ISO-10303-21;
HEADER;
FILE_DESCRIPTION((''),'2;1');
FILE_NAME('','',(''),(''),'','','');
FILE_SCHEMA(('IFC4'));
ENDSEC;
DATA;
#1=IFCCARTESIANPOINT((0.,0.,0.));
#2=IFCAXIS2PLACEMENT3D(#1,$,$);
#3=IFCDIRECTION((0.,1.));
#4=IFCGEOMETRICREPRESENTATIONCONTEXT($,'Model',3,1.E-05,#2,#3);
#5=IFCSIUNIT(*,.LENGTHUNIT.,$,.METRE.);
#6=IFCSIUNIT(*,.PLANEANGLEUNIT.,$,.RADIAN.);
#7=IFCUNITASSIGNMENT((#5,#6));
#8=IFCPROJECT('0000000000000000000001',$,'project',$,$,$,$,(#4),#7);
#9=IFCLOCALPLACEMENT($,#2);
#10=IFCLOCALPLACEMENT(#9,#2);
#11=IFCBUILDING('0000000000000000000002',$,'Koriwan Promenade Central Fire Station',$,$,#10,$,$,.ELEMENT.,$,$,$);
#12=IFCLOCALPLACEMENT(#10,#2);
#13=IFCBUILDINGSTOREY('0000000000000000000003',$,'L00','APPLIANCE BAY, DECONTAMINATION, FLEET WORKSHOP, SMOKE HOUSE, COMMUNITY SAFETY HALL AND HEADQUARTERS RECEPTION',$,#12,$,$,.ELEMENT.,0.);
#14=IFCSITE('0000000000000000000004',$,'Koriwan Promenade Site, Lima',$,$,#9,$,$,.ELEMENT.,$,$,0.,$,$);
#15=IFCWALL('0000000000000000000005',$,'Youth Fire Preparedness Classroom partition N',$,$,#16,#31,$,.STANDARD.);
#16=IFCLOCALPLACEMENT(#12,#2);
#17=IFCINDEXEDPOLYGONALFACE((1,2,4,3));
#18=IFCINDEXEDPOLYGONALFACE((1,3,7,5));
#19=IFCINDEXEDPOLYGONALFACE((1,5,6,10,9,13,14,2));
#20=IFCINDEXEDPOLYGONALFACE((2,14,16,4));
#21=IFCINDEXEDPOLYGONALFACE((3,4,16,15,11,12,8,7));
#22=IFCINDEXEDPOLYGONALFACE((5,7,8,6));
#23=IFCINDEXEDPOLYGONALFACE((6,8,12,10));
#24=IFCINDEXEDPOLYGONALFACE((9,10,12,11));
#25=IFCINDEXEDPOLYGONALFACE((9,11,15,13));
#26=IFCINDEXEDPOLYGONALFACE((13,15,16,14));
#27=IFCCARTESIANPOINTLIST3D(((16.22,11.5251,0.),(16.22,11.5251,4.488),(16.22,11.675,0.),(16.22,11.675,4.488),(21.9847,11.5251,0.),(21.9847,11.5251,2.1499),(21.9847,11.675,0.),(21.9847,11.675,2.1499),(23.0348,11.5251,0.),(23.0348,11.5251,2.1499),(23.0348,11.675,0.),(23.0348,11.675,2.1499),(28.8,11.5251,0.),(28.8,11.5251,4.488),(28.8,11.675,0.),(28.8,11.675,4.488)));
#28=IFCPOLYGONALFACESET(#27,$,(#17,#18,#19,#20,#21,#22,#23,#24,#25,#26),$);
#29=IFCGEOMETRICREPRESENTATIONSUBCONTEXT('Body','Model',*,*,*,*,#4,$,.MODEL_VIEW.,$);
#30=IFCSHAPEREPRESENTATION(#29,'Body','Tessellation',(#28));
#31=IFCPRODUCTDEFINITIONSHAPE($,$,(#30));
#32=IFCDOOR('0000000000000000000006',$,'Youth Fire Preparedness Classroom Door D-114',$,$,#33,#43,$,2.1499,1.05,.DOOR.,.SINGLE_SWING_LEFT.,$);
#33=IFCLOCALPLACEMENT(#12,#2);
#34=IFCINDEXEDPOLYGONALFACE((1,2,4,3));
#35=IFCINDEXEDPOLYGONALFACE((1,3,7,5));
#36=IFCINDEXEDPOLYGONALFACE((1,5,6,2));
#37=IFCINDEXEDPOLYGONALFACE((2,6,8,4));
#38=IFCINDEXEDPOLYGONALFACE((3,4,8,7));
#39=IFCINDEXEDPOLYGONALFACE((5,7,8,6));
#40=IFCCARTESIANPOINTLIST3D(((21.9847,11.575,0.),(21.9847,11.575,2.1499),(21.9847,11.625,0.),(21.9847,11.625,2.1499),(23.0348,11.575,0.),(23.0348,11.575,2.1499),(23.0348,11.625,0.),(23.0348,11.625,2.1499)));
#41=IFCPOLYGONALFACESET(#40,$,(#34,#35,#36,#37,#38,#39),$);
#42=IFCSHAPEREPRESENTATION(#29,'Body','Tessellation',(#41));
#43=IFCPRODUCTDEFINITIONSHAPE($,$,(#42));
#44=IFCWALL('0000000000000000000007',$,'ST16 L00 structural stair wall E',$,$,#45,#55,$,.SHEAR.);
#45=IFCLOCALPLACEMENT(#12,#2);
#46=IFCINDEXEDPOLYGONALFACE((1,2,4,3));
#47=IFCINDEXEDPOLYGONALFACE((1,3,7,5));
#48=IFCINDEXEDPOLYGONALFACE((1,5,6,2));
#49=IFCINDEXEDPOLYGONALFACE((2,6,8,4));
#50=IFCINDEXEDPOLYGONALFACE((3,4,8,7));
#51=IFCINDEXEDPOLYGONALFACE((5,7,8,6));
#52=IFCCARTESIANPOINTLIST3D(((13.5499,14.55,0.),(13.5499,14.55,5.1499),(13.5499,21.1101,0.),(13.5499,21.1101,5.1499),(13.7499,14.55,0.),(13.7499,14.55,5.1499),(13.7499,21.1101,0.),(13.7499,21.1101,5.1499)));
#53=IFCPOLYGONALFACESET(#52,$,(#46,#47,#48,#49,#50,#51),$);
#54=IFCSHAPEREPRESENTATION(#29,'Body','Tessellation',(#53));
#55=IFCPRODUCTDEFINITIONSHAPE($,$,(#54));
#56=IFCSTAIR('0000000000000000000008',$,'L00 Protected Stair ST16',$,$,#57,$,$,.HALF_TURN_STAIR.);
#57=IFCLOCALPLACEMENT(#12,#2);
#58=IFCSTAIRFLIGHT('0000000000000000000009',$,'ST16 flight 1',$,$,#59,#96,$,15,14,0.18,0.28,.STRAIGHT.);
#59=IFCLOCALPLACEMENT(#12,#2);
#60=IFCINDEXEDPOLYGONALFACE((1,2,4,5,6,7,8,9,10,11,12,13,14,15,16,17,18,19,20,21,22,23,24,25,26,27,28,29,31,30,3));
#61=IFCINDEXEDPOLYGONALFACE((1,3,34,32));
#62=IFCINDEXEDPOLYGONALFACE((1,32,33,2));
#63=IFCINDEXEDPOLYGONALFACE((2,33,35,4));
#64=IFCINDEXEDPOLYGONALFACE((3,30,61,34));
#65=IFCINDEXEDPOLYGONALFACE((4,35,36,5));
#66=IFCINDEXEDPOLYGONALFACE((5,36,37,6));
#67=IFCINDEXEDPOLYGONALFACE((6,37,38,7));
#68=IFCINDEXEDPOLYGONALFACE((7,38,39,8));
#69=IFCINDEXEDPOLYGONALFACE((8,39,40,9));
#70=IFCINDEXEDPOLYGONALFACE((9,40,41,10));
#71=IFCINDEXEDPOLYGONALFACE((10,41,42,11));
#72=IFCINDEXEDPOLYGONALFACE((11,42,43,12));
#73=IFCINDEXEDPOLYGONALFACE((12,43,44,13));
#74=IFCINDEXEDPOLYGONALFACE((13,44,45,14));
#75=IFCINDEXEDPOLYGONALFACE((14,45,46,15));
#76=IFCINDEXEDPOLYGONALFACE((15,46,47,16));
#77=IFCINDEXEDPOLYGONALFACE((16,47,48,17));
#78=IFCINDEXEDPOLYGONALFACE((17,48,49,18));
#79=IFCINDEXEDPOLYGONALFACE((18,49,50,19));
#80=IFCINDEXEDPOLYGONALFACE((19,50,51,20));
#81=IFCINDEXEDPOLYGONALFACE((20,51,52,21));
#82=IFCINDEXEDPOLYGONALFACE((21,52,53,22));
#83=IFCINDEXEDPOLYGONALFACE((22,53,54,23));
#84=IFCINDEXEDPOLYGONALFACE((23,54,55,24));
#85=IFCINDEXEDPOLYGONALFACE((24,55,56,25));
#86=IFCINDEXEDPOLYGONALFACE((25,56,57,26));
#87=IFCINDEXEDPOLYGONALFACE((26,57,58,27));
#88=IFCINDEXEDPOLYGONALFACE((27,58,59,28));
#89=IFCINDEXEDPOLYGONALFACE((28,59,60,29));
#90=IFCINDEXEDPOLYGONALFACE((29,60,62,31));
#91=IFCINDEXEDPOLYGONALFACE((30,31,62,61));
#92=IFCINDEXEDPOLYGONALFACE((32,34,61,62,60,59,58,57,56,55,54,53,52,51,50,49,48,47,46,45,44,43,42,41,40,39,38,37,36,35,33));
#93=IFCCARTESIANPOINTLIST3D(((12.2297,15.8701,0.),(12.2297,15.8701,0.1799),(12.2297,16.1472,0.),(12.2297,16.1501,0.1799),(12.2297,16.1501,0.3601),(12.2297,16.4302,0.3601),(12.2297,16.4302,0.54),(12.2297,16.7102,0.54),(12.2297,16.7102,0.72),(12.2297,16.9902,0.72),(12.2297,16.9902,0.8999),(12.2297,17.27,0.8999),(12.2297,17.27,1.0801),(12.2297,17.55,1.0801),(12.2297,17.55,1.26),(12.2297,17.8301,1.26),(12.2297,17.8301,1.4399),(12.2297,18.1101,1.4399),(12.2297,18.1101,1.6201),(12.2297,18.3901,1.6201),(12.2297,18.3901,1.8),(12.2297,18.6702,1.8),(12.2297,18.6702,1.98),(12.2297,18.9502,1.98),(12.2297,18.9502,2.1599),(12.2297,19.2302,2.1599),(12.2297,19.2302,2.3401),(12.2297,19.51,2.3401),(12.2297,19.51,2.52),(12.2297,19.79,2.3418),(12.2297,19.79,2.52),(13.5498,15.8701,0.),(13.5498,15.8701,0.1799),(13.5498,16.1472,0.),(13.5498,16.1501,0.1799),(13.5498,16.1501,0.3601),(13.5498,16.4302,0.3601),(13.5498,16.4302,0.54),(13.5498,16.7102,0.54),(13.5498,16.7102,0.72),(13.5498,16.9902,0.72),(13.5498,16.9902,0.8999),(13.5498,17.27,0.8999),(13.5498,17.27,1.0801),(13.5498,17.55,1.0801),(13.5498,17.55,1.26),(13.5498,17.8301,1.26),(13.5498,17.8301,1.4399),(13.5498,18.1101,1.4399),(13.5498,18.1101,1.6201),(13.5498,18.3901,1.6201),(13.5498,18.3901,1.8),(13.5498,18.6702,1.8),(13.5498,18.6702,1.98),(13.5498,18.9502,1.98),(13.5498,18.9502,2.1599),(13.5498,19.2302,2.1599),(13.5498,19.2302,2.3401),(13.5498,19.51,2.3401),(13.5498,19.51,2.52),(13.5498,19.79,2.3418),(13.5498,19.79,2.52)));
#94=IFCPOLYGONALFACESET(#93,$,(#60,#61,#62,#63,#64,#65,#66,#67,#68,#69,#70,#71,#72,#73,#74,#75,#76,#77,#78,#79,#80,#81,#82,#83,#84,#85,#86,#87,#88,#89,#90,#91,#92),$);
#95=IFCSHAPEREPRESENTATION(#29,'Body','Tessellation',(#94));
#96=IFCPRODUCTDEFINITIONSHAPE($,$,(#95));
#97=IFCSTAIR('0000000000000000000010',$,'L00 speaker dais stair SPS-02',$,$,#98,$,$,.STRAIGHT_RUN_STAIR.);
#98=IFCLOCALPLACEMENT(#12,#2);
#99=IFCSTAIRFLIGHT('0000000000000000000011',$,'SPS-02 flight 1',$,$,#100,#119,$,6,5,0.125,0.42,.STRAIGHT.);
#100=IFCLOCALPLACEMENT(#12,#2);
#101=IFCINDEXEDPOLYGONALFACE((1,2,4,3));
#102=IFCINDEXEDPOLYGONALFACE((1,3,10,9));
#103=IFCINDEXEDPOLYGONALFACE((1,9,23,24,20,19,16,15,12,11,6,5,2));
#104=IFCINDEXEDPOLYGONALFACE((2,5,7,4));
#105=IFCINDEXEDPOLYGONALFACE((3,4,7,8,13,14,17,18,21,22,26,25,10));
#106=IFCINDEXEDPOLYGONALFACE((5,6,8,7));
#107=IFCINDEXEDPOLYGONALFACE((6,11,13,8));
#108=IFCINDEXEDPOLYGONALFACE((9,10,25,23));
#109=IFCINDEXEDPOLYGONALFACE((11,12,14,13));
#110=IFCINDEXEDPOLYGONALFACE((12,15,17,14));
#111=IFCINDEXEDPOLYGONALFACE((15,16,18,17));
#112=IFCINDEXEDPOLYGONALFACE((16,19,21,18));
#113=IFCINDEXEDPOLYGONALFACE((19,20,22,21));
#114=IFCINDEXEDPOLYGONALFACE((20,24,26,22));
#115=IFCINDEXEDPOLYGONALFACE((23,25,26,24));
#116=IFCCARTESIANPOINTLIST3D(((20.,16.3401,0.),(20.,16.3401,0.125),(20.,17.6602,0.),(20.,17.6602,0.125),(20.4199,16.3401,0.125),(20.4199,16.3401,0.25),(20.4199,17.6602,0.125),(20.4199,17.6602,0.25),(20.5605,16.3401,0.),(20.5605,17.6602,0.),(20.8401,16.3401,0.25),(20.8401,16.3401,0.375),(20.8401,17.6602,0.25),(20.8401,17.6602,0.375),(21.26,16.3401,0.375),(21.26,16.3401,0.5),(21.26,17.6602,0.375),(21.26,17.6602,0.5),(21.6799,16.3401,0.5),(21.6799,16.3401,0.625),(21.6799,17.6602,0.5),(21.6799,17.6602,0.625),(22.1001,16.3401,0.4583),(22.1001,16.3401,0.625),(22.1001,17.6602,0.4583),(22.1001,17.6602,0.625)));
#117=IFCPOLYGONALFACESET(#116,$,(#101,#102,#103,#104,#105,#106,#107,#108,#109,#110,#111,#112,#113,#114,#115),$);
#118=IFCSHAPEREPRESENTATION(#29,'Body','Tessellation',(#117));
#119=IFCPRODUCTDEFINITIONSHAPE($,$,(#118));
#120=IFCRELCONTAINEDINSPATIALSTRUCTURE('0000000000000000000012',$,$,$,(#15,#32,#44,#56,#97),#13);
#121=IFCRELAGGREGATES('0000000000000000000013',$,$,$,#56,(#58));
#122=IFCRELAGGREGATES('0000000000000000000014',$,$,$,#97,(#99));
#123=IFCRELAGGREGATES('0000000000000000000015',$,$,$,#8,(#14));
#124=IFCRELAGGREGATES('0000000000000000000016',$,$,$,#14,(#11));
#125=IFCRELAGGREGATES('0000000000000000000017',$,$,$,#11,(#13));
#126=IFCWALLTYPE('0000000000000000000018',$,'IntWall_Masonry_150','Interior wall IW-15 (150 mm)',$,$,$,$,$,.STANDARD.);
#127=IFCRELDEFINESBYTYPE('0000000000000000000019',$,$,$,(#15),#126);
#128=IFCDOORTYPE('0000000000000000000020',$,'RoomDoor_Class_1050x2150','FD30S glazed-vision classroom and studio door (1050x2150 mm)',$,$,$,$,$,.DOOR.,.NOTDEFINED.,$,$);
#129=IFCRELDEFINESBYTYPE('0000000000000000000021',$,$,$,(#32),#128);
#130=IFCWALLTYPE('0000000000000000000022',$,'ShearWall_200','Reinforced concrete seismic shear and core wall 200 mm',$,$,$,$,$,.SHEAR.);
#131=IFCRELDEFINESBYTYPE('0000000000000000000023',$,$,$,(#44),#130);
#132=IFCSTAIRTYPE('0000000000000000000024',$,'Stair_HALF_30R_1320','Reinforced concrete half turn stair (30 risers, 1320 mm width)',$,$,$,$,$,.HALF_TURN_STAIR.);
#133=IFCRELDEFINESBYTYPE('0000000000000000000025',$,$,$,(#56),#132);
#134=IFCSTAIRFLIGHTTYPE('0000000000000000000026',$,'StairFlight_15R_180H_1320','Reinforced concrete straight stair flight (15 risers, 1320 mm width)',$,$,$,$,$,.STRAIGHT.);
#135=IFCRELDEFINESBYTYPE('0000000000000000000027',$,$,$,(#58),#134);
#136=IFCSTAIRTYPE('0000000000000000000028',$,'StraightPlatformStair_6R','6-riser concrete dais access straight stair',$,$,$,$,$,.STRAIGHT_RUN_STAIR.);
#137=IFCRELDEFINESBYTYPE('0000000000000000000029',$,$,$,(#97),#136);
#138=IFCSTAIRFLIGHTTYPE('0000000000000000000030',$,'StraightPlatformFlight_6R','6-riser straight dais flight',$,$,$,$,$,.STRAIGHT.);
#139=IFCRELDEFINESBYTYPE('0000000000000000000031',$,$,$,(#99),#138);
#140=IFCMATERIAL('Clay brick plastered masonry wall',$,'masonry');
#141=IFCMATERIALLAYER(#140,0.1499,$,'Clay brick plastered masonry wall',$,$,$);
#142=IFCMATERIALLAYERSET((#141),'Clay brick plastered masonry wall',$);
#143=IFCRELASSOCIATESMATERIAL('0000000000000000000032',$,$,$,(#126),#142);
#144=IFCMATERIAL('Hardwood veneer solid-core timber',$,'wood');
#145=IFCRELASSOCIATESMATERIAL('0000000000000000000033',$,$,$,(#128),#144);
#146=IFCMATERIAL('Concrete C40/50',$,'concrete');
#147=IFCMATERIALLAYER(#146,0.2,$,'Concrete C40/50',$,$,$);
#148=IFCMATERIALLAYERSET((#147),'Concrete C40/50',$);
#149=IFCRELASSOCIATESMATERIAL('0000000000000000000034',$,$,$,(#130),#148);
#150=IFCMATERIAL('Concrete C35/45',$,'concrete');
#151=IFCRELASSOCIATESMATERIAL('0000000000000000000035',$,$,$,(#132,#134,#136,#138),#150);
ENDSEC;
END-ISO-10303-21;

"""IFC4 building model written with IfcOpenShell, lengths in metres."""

from ifc_helpers import new_model, si_unit, direction, frame, frame_2d, origin, place, context, subcontext, project, spatial, polyline, rectangle, outline, extrude, material, layer, layer_set, type_object, element, fill, aggregate, save


model = new_model("IFC4")

# Units and contexts
model_context = context("Model", 3, precision=1e-05, world=origin(), true_north=direction((0.0, 1.0)))
body_context = subcontext(model_context, "Body", "Model", "MODEL_VIEW")
ifc_project = project(units=[si_unit("LENGTHUNIT", "METRE"), si_unit("PLANEANGLEUNIT", "RADIAN")], contexts=[model_context])

# Site, building, storey
site_placement = place(None, origin())
site = spatial("IfcSite", under=ifc_project, at=site_placement, Name="Koriwan Promenade Site, Lima", CompositionType="ELEMENT", RefElevation=0.0)
building_placement = place(site_placement, origin())
building = spatial("IfcBuilding", under=site, at=building_placement, Name="Koriwan Promenade Central Fire Station", CompositionType="ELEMENT")
storey_placement = place(building_placement, origin())
storey = spatial("IfcBuildingStorey", under=building, at=storey_placement, Name="L00", Description="APPLIANCE BAY, DECONTAMINATION, FLEET WORKSHOP, SMOKE HOUSE, COMMUNITY SAFETY HALL AND HEADQUARTERS RECEPTION", CompositionType="ELEMENT", Elevation=0.0)

# Shared definitions
ifc_material_1 = material(Name="Concrete C35/45", Category="concrete")

# Shared definitions
ifc_material_2 = material(Name="Concrete C40/50", Category="concrete")

# Shared definitions
ifc_material_3 = material(Name="Hardwood veneer solid-core timber", Category="wood")

# Wall, opening, door
ifc_material_4 = material(Name="Clay brick plastered masonry wall", Category="masonry")
ifc_layer_1 = layer(ifc_material_4, 0.1499, Name="Clay brick plastered masonry wall")
ifc_layer_set_1 = layer_set([ifc_layer_1], Name="Clay brick plastered masonry wall")
wall_type_1 = type_object("IfcWallType", Name="IntWall_Masonry_150", Description="Interior wall IW-15 (150 mm)", PredefinedType="STANDARD", material=ifc_layer_set_1)
wall_1_placement = place(storey_placement, frame((16.22, 11.6001, 0.0), z_axis=(0.0, 0.0, 1.0), x_axis=(1.0, 0.0, 0.0)))
wall_1 = element("IfcWall", 1, at=wall_1_placement, inside=storey, type_object=wall_type_1, Name="Youth Fire Preparedness Classroom partition N", PredefinedType="STANDARD", context=body_context, shape_type="SweptSolid", body=[
    extrude(rectangle(XDim=12.5801, YDim=0.1499, at=frame_2d((6.29, 0.0))), origin(), (0.0, 0.0, 1.0), 4.488),
])
opening_1_placement = place(wall_1_placement, frame((5.7649, 0.0, 0.0)))
opening_1 = element("IfcOpeningElement", 2, at=opening_1_placement, cuts=wall_1, PredefinedType="OPENING", context=body_context, shape_type="SweptSolid", body=[
    extrude(rectangle(XDim=1.05, YDim=2.1499, at=frame_2d((0.5249, 1.075))), frame((0.0, 0.0869, 0.0), z_axis=(0.0, -1.0, 0.0), x_axis=(1.0, 0.0, 0.0)), (0.0, 0.0, 1.0), 0.1738),
])
door_type_1 = type_object("IfcDoorType", Name="RoomDoor_Class_1050x2150", Description="FD30S glazed-vision classroom and studio door (1050x2150 mm)", OperationType="NOTDEFINED", PredefinedType="DOOR", material=ifc_material_3)
door_1_placement = place(opening_1_placement, origin())
door_1 = element("IfcDoor", 3, at=door_1_placement, inside=storey, type_object=door_type_1, Name="Youth Fire Preparedness Classroom Door D-114", OperationType="SINGLE_SWING_LEFT", OverallHeight=2.1499, OverallWidth=1.05, PredefinedType="DOOR", context=body_context, shape_type="SweptSolid", body=[
    extrude(rectangle(XDim=1.05, YDim=2.1499, at=frame_2d((0.5249, 1.075))), frame((0.0, 0.0249, 0.0), z_axis=(0.0, -1.0, 0.0), x_axis=(1.0, 0.0, 0.0)), (0.0, 0.0, 1.0), 0.05),
])
fill(opening_1, door_1)

# Wall
ifc_layer_2 = layer(ifc_material_2, 0.2, Name="Concrete C40/50")
ifc_layer_set_2 = layer_set([ifc_layer_2], Name="Concrete C40/50")
wall_type_2 = type_object("IfcWallType", Name="ShearWall_200", Description="Reinforced concrete seismic shear and core wall 200 mm", PredefinedType="SHEAR", material=ifc_layer_set_2)
wall_2_placement = place(storey_placement, frame((13.6499, 14.55, 0.0), z_axis=(0.0, 0.0, 1.0), x_axis=(0.0, 1.0, 0.0)))
element("IfcWall", 4, at=wall_2_placement, inside=storey, type_object=wall_type_2, Name="ST16 L00 structural stair wall E", PredefinedType="SHEAR", context=body_context, shape_type="SweptSolid", body=[
    extrude(rectangle(XDim=6.5601, YDim=0.2, at=frame_2d((3.28, 0.0))), origin(), (0.0, 0.0, 1.0), 5.1499),
])

# Stairs, stair flights
stair_type_1 = type_object("IfcStairType", Name="Stair_HALF_30R_1320", Description="Reinforced concrete half turn stair (30 risers, 1320 mm width)", PredefinedType="HALF_TURN_STAIR", material=ifc_material_1)
stair_1_placement = place(storey_placement, origin())
stair_1 = element("IfcStair", 5, at=stair_1_placement, inside=storey, type_object=stair_type_1, Name="L00 Protected Stair ST16", PredefinedType="HALF_TURN_STAIR")
stair_flight_type_1 = type_object("IfcStairFlightType", Name="StairFlight_15R_180H_1320", Description="Reinforced concrete straight stair flight (15 risers, 1320 mm width)", PredefinedType="STRAIGHT", material=ifc_material_1)
stair_flight_1_placement = place(storey_placement, frame((12.8899, 15.8701, 0.0), z_axis=(0.0, 0.0, 1.0), x_axis=(0.0, 1.0, 0.0)))
stair_flight_1 = element("IfcStairFlight", 6, at=stair_flight_1_placement, type_object=stair_flight_type_1, Name="ST16 flight 1", NumberOfRisers=15, NumberOfTreads=14, PredefinedType="STRAIGHT", RiserHeight=0.18, TreadLength=0.28, context=body_context, shape_type="SweptSolid", body=[
    extrude(outline(polyline([(0.0, 0.0), (0.0, 0.1799), (0.28, 0.1799), (0.28, 0.3601), (0.5601, 0.3601), (0.5601, 0.54), (0.8401, 0.54), (0.8401, 0.72), (1.1201, 0.72), (1.1201, 0.8999), (1.3999, 0.8999), (1.3999, 1.0801), (1.6799, 1.0801), (1.6799, 1.26), (1.96, 1.26), (1.96, 1.4399), (2.24, 1.4399), (2.24, 1.6201), (2.52, 1.6201), (2.52, 1.8), (2.8, 1.8), (2.8, 1.98), (3.0801, 1.98), (3.0801, 2.1599), (3.3601, 2.1599), (3.3601, 2.3401), (3.6399, 2.3401), (3.6399, 2.52), (3.9199, 2.52), (3.9199, 2.7), (3.9199, 2.3418), (0.2771, 0.0), (0.0, 0.0)])), frame((0.0, 0.6602, 0.0), z_axis=(0.0, -1.0, 0.0), x_axis=(1.0, 0.0, 0.0)), (0.0, 0.0, 1.0), 1.3201),
])
aggregate(stair_1, [stair_flight_1])
stair_type_2 = type_object("IfcStairType", Name="StraightPlatformStair_6R", Description="6-riser concrete dais access straight stair", PredefinedType="STRAIGHT_RUN_STAIR", material=ifc_material_1)
stair_2_placement = place(storey_placement, origin())
stair_2 = element("IfcStair", 7, at=stair_2_placement, inside=storey, type_object=stair_type_2, Name="L00 speaker dais stair SPS-02", PredefinedType="STRAIGHT_RUN_STAIR")
stair_flight_type_2 = type_object("IfcStairFlightType", Name="StraightPlatformFlight_6R", Description="6-riser straight dais flight", PredefinedType="STRAIGHT", material=ifc_material_1)
stair_flight_2_placement = place(storey_placement, frame((20.0, 17.0, 0.0), z_axis=(0.0, 0.0, 1.0), x_axis=(1.0, 0.0, 0.0)))
stair_flight_2 = element("IfcStairFlight", 8, at=stair_flight_2_placement, type_object=stair_flight_type_2, Name="SPS-02 flight 1", NumberOfRisers=6, NumberOfTreads=5, PredefinedType="STRAIGHT", RiserHeight=0.125, TreadLength=0.42, context=body_context, shape_type="SweptSolid", body=[
    extrude(outline(polyline([(0.0, 0.0), (0.0, 0.125), (0.4199, 0.125), (0.4199, 0.25), (0.8401, 0.25), (0.8401, 0.375), (1.26, 0.375), (1.26, 0.5), (1.6799, 0.5), (1.6799, 0.625), (2.1001, 0.625), (2.1001, 0.75), (2.1001, 0.4583), (0.5605, 0.0), (0.0, 0.0)])), frame((0.0, 0.6602, 0.0), z_axis=(0.0, -1.0, 0.0), x_axis=(1.0, 0.0, 0.0)), (0.0, 0.0, 1.0), 1.3201),
])
aggregate(stair_2, [stair_flight_2])

save(model, "model.ifc")
